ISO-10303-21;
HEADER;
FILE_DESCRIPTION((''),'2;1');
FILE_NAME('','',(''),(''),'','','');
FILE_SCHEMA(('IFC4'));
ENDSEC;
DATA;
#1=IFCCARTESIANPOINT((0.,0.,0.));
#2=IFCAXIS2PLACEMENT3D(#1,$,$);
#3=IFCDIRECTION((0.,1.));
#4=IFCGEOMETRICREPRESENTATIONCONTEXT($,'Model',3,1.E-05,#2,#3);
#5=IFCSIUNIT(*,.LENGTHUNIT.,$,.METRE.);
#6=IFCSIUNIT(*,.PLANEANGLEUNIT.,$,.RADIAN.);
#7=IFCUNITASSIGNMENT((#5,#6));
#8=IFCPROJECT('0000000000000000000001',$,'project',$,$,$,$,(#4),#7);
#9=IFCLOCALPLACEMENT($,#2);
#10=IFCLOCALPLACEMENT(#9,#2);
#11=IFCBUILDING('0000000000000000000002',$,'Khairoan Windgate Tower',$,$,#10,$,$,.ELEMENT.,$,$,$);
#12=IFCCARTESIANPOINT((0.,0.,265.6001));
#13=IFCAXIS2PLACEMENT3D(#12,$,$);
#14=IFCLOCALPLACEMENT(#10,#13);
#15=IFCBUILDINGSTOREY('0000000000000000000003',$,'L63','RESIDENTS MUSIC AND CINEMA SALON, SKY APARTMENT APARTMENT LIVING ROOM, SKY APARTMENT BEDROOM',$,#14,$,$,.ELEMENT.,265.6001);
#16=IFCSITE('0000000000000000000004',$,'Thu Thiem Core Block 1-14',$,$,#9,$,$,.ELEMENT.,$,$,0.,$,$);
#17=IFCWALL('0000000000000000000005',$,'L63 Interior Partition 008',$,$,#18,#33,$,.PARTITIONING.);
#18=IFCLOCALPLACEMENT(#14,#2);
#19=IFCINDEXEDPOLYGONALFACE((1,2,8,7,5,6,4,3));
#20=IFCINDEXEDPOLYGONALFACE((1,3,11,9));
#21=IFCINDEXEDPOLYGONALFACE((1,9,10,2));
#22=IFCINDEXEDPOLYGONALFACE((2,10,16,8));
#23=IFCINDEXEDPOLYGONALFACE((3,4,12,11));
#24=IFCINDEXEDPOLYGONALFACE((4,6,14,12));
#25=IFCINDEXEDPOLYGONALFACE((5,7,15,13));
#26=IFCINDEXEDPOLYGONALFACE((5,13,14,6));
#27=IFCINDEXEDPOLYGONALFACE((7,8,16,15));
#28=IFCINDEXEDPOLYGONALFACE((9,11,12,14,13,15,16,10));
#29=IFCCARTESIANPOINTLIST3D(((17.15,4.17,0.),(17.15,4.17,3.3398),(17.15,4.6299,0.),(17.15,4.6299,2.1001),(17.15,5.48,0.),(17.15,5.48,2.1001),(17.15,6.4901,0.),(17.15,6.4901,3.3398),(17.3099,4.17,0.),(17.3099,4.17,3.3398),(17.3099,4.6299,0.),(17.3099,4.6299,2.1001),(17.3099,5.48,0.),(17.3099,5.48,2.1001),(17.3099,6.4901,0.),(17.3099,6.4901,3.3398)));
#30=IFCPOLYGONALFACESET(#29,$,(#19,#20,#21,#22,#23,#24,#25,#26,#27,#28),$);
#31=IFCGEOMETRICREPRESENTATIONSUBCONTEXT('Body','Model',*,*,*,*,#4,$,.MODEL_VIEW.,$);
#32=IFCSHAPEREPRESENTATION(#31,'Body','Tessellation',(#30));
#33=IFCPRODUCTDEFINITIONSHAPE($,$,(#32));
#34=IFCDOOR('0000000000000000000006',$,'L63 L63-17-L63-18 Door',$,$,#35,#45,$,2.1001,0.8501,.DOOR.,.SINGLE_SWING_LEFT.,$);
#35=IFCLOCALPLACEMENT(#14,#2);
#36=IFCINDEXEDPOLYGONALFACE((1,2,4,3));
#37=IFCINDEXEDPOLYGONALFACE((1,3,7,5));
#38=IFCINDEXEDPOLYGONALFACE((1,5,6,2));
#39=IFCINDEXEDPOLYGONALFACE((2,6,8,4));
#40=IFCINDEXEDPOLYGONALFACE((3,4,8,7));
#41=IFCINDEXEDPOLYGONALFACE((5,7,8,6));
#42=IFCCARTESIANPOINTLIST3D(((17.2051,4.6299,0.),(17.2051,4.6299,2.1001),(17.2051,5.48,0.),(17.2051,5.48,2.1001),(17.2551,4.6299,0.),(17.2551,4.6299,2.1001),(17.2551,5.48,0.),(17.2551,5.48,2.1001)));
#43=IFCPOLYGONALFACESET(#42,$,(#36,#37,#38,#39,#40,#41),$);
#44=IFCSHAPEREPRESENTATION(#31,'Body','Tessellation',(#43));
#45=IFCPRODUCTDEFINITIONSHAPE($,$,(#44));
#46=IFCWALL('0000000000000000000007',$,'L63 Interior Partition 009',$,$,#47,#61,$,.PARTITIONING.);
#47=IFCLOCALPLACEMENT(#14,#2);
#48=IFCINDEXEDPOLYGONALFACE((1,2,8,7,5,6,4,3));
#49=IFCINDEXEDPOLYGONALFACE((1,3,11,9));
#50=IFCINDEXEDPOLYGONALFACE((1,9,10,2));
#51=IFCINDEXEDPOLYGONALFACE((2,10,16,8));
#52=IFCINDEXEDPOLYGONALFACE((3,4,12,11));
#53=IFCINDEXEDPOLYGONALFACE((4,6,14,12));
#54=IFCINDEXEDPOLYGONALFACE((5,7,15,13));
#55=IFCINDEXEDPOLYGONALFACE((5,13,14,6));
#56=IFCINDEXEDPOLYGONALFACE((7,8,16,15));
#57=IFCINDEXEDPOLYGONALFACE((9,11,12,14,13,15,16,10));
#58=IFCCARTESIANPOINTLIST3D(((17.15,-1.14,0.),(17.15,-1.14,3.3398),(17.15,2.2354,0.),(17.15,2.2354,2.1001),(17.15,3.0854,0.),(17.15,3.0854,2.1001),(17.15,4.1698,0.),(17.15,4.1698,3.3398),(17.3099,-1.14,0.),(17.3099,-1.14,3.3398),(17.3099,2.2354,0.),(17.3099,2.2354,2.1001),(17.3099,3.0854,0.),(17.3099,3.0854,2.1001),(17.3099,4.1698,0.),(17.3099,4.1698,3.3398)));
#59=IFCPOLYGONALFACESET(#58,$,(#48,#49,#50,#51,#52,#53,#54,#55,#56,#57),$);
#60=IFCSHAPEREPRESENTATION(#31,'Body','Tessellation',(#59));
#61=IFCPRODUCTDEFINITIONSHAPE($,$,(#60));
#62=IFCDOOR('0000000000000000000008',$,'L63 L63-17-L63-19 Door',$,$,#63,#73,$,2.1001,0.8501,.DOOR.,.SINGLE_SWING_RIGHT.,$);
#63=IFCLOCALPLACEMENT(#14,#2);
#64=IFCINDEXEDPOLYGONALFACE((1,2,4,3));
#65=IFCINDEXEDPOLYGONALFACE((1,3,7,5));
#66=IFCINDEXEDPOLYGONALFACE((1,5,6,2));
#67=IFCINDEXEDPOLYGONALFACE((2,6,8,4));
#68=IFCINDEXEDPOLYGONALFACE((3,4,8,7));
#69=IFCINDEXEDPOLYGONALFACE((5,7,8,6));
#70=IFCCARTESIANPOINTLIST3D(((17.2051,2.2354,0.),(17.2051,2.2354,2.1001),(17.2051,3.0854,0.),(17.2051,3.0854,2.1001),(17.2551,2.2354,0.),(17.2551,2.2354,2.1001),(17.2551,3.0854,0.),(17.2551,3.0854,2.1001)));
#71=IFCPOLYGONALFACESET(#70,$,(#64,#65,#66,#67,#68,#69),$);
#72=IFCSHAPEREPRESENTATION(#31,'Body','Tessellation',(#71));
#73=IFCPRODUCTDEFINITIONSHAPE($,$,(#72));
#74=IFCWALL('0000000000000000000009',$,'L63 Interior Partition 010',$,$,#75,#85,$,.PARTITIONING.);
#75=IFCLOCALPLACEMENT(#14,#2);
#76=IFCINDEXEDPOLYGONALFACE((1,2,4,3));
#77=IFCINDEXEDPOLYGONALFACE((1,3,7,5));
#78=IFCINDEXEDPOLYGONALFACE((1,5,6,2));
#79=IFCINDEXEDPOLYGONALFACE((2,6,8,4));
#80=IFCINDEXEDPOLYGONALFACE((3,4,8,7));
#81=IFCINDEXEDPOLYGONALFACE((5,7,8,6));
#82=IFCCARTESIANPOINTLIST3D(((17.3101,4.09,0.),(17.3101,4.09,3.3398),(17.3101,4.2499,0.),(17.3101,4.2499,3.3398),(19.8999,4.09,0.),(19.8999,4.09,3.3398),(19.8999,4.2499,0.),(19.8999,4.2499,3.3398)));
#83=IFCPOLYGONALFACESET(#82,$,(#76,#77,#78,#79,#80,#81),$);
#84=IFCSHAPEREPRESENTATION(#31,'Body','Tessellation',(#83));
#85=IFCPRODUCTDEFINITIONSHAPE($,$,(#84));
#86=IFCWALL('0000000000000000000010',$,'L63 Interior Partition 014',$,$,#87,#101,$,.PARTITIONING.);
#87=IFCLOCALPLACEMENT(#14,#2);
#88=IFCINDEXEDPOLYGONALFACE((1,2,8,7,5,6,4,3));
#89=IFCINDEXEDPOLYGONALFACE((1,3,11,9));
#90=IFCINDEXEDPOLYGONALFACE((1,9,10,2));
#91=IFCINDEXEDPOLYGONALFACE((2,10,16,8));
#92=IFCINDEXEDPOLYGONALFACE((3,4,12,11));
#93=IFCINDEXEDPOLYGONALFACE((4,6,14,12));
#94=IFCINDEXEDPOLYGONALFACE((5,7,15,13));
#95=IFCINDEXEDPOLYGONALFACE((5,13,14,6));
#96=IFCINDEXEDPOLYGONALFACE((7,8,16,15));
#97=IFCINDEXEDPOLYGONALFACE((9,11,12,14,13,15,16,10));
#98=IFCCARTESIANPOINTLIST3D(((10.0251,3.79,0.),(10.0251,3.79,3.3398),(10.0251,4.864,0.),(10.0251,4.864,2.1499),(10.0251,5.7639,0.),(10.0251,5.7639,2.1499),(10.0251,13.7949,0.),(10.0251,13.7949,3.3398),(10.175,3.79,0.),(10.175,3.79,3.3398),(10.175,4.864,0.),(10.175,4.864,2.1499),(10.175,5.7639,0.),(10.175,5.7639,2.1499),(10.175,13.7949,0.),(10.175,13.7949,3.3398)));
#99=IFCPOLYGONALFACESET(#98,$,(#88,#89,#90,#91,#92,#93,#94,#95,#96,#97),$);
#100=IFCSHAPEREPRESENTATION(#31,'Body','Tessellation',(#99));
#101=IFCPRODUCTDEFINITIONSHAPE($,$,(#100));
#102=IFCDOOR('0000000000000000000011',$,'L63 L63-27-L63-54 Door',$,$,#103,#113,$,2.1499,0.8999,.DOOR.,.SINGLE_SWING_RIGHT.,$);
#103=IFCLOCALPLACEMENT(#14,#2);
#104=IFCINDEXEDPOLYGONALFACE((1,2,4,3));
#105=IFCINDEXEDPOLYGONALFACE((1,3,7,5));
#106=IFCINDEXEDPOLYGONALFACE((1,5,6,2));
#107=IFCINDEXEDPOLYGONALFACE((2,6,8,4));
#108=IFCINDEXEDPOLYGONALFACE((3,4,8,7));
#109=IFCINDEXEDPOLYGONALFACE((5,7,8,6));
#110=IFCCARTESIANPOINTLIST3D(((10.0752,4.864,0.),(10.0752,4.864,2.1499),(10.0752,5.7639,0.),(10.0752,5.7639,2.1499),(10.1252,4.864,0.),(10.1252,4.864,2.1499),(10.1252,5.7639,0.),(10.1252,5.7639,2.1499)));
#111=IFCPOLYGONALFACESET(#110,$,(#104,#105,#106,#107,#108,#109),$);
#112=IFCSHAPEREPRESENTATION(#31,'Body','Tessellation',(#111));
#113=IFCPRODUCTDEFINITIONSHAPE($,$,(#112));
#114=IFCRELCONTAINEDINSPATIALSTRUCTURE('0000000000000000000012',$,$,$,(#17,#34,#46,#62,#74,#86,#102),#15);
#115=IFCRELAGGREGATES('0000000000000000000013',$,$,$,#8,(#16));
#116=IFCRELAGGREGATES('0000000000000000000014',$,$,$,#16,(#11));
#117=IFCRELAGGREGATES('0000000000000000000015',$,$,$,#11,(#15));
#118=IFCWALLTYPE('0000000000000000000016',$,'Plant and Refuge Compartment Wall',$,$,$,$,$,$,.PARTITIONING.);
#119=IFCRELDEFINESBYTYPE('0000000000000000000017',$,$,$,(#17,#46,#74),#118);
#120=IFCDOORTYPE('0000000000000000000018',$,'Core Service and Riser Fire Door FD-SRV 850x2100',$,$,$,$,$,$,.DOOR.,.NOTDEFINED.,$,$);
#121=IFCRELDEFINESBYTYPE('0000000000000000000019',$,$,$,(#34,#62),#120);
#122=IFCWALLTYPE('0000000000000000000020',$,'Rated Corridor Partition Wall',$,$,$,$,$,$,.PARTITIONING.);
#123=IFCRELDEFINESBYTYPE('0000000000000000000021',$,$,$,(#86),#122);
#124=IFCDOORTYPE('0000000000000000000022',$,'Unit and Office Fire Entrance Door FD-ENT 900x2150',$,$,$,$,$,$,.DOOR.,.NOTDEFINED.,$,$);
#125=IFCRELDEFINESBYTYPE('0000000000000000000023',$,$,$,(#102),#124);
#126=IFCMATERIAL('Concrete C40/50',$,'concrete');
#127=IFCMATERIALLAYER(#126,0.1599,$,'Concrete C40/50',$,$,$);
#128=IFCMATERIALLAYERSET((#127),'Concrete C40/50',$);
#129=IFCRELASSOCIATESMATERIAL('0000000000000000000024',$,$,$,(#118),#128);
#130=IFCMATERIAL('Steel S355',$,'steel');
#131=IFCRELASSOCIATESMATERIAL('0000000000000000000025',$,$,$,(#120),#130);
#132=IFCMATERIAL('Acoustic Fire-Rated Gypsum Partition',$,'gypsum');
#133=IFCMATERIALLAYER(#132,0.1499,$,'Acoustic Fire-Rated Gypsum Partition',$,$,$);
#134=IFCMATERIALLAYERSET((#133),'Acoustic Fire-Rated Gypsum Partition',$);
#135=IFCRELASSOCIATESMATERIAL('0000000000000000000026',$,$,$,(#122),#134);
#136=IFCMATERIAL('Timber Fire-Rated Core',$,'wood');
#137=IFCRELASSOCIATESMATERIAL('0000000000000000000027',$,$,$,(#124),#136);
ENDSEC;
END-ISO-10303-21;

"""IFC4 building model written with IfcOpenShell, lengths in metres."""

from ifc_helpers import new_model, si_unit, direction, frame, frame_2d, origin, place, context, subcontext, project, spatial, rectangle, extrude, material, layer, layer_set, type_object, element, fill, save


model = new_model("IFC4")

# Units and contexts
model_context = context("Model", 3, precision=1e-05, world=origin(), true_north=direction((0.0, 1.0)))
body_context = subcontext(model_context, "Body", "Model", "MODEL_VIEW")
ifc_project = project(units=[si_unit("LENGTHUNIT", "METRE"), si_unit("PLANEANGLEUNIT", "RADIAN")], contexts=[model_context])

# Site, building, storey
site_placement = place(None, origin())
site = spatial("IfcSite", under=ifc_project, at=site_placement, Name="Thu Thiem Core Block 1-14", CompositionType="ELEMENT", RefElevation=0.0)
building_placement = place(site_placement, origin())
building = spatial("IfcBuilding", under=site, at=building_placement, Name="Khairoan Windgate Tower", CompositionType="ELEMENT")
storey_placement = place(building_placement, frame((0.0, 0.0, 265.6001)))
storey = spatial("IfcBuildingStorey", under=building, at=storey_placement, Name="L63", Description="RESIDENTS MUSIC AND CINEMA SALON, SKY APARTMENT APARTMENT LIVING ROOM, SKY APARTMENT BEDROOM", CompositionType="ELEMENT", Elevation=265.6001)

# Walls, openings, doors
ifc_material_1 = material(Name="Concrete C40/50", Category="concrete")
ifc_layer_1 = layer(ifc_material_1, 0.1599, Name="Concrete C40/50")
ifc_layer_set_1 = layer_set([ifc_layer_1], Name="Concrete C40/50")
wall_type_1 = type_object("IfcWallType", Name="Plant and Refuge Compartment Wall", PredefinedType="PARTITIONING", material=ifc_layer_set_1)
wall_1_placement = place(storey_placement, frame((17.23, 4.1699, 0.0), z_axis=(0.0, 0.0, 1.0), x_axis=(0.0, 1.0, 0.0)))
wall_1 = element("IfcWall", 1, at=wall_1_placement, inside=storey, type_object=wall_type_1, Name="L63 Interior Partition 008", PredefinedType="PARTITIONING", context=body_context, shape_type="SweptSolid", body=[
    extrude(rectangle(XDim=2.3201, YDim=0.1599, at=frame_2d((1.1602, 0.0))), origin(), (0.0, 0.0, 1.0), 3.3398),
])
opening_1_placement = place(wall_1_placement, frame((0.46, 0.0, 0.0)))
opening_1 = element("IfcOpeningElement", 2, at=opening_1_placement, cuts=wall_1, PredefinedType="OPENING", context=body_context, shape_type="SweptSolid", body=[
    extrude(rectangle(XDim=0.8501, YDim=2.1001, at=frame_2d((0.425, 1.05))), frame((0.0, 0.0898, 0.0), z_axis=(0.0, -1.0, 0.0), x_axis=(1.0, 0.0, 0.0)), (0.0, 0.0, 1.0), 0.1799),
])
ifc_material_2 = material(Name="Steel S355", Category="steel")
door_type_1 = type_object("IfcDoorType", Name="Core Service and Riser Fire Door FD-SRV 850x2100", OperationType="NOTDEFINED", PredefinedType="DOOR", material=ifc_material_2)
door_1_placement = place(opening_1_placement, origin())
door_1 = element("IfcDoor", 3, at=door_1_placement, inside=storey, type_object=door_type_1, Name="L63 L63-17-L63-18 Door", OperationType="SINGLE_SWING_LEFT", OverallHeight=2.1001, OverallWidth=0.8501, PredefinedType="DOOR", context=body_context, shape_type="SweptSolid", body=[
    extrude(rectangle(XDim=0.8501, YDim=2.1001, at=frame_2d((0.425, 1.05))), frame((0.0, 0.0249, 0.0), z_axis=(0.0, -1.0, 0.0), x_axis=(1.0, 0.0, 0.0)), (0.0, 0.0, 1.0), 0.05),
])
fill(opening_1, door_1)
wall_2_placement = place(storey_placement, frame((17.23, -1.1399, 0.0), z_axis=(0.0, 0.0, 1.0), x_axis=(0.0, 1.0, 0.0)))
wall_2 = element("IfcWall", 4, at=wall_2_placement, inside=storey, type_object=wall_type_1, Name="L63 Interior Partition 009", PredefinedType="PARTITIONING", context=body_context, shape_type="SweptSolid", body=[
    extrude(rectangle(XDim=5.3098, YDim=0.1599, at=frame_2d((2.6548, 0.0))), origin(), (0.0, 0.0, 1.0), 3.3398),
])
opening_2_placement = place(wall_2_placement, frame((3.3752, 0.0, 0.0)))
opening_2 = element("IfcOpeningElement", 5, at=opening_2_placement, cuts=wall_2, PredefinedType="OPENING", context=body_context, shape_type="SweptSolid", body=[
    extrude(rectangle(XDim=0.8501, YDim=2.1001, at=frame_2d((0.425, 1.05))), frame((0.0, 0.0898, 0.0), z_axis=(0.0, -1.0, 0.0), x_axis=(1.0, 0.0, 0.0)), (0.0, 0.0, 1.0), 0.1799),
])
door_2_placement = place(opening_2_placement, origin())
door_2 = element("IfcDoor", 6, at=door_2_placement, inside=storey, type_object=door_type_1, Name="L63 L63-17-L63-19 Door", OperationType="SINGLE_SWING_RIGHT", OverallHeight=2.1001, OverallWidth=0.8501, PredefinedType="DOOR", context=body_context, shape_type="SweptSolid", body=[
    extrude(rectangle(XDim=0.8501, YDim=2.1001, at=frame_2d((0.425, 1.05))), frame((0.0, 0.0249, 0.0), z_axis=(0.0, -1.0, 0.0), x_axis=(1.0, 0.0, 0.0)), (0.0, 0.0, 1.0), 0.05),
])
fill(opening_2, door_2)

# Wall
wall_3_placement = place(storey_placement, frame((17.3101, 4.1699, 0.0), z_axis=(0.0, 0.0, 1.0), x_axis=(1.0, 0.0, 0.0)))
element("IfcWall", 7, at=wall_3_placement, inside=storey, type_object=wall_type_1, Name="L63 Interior Partition 010", PredefinedType="PARTITIONING", context=body_context, shape_type="SweptSolid", body=[
    extrude(rectangle(XDim=2.5898, YDim=0.1599, at=frame_2d((1.2949, 0.0))), origin(), (0.0, 0.0, 1.0), 3.3398),
])

# Wall, opening, door
ifc_material_3 = material(Name="Acoustic Fire-Rated Gypsum Partition", Category="gypsum")
ifc_layer_2 = layer(ifc_material_3, 0.1499, Name="Acoustic Fire-Rated Gypsum Partition")
ifc_layer_set_2 = layer_set([ifc_layer_2], Name="Acoustic Fire-Rated Gypsum Partition")
wall_type_2 = type_object("IfcWallType", Name="Rated Corridor Partition Wall", PredefinedType="PARTITIONING", material=ifc_layer_set_2)
wall_4_placement = place(storey_placement, frame((10.1001, 3.79, 0.0), z_axis=(0.0, 0.0, 1.0), x_axis=(0.0, 1.0, 0.0)))
wall_4 = element("IfcWall", 8, at=wall_4_placement, inside=storey, type_object=wall_type_2, Name="L63 Interior Partition 014", PredefinedType="PARTITIONING", context=body_context, shape_type="SweptSolid", body=[
    extrude(rectangle(XDim=10.0049, YDim=0.1499, at=frame_2d((5.0024, 0.0))), origin(), (0.0, 0.0, 1.0), 3.3398),
])
opening_3_placement = place(wall_4_placement, frame((1.074, 0.0, 0.0)))
opening_3 = element("IfcOpeningElement", 9, at=opening_3_placement, cuts=wall_4, PredefinedType="OPENING", context=body_context, shape_type="SweptSolid", body=[
    extrude(rectangle(XDim=0.8999, YDim=2.1499, at=frame_2d((0.45, 1.075))), frame((0.0, 0.085, 0.0), z_axis=(0.0, -1.0, 0.0), x_axis=(1.0, 0.0, 0.0)), (0.0, 0.0, 1.0), 0.1699),
])
ifc_material_4 = material(Name="Timber Fire-Rated Core", Category="wood")
door_type_2 = type_object("IfcDoorType", Name="Unit and Office Fire Entrance Door FD-ENT 900x2150", OperationType="NOTDEFINED", PredefinedType="DOOR", material=ifc_material_4)
door_3_placement = place(opening_3_placement, origin())
door_3 = element("IfcDoor", 10, at=door_3_placement, inside=storey, type_object=door_type_2, Name="L63 L63-27-L63-54 Door", OperationType="SINGLE_SWING_RIGHT", OverallHeight=2.1499, OverallWidth=0.8999, PredefinedType="DOOR", context=body_context, shape_type="SweptSolid", body=[
    extrude(rectangle(XDim=0.8999, YDim=2.1499, at=frame_2d((0.45, 1.075))), frame((0.0, 0.0249, 0.0), z_axis=(0.0, -1.0, 0.0), x_axis=(1.0, 0.0, 0.0)), (0.0, 0.0, 1.0), 0.05),
])
fill(opening_3, door_3)

save(model, "model.ifc")
